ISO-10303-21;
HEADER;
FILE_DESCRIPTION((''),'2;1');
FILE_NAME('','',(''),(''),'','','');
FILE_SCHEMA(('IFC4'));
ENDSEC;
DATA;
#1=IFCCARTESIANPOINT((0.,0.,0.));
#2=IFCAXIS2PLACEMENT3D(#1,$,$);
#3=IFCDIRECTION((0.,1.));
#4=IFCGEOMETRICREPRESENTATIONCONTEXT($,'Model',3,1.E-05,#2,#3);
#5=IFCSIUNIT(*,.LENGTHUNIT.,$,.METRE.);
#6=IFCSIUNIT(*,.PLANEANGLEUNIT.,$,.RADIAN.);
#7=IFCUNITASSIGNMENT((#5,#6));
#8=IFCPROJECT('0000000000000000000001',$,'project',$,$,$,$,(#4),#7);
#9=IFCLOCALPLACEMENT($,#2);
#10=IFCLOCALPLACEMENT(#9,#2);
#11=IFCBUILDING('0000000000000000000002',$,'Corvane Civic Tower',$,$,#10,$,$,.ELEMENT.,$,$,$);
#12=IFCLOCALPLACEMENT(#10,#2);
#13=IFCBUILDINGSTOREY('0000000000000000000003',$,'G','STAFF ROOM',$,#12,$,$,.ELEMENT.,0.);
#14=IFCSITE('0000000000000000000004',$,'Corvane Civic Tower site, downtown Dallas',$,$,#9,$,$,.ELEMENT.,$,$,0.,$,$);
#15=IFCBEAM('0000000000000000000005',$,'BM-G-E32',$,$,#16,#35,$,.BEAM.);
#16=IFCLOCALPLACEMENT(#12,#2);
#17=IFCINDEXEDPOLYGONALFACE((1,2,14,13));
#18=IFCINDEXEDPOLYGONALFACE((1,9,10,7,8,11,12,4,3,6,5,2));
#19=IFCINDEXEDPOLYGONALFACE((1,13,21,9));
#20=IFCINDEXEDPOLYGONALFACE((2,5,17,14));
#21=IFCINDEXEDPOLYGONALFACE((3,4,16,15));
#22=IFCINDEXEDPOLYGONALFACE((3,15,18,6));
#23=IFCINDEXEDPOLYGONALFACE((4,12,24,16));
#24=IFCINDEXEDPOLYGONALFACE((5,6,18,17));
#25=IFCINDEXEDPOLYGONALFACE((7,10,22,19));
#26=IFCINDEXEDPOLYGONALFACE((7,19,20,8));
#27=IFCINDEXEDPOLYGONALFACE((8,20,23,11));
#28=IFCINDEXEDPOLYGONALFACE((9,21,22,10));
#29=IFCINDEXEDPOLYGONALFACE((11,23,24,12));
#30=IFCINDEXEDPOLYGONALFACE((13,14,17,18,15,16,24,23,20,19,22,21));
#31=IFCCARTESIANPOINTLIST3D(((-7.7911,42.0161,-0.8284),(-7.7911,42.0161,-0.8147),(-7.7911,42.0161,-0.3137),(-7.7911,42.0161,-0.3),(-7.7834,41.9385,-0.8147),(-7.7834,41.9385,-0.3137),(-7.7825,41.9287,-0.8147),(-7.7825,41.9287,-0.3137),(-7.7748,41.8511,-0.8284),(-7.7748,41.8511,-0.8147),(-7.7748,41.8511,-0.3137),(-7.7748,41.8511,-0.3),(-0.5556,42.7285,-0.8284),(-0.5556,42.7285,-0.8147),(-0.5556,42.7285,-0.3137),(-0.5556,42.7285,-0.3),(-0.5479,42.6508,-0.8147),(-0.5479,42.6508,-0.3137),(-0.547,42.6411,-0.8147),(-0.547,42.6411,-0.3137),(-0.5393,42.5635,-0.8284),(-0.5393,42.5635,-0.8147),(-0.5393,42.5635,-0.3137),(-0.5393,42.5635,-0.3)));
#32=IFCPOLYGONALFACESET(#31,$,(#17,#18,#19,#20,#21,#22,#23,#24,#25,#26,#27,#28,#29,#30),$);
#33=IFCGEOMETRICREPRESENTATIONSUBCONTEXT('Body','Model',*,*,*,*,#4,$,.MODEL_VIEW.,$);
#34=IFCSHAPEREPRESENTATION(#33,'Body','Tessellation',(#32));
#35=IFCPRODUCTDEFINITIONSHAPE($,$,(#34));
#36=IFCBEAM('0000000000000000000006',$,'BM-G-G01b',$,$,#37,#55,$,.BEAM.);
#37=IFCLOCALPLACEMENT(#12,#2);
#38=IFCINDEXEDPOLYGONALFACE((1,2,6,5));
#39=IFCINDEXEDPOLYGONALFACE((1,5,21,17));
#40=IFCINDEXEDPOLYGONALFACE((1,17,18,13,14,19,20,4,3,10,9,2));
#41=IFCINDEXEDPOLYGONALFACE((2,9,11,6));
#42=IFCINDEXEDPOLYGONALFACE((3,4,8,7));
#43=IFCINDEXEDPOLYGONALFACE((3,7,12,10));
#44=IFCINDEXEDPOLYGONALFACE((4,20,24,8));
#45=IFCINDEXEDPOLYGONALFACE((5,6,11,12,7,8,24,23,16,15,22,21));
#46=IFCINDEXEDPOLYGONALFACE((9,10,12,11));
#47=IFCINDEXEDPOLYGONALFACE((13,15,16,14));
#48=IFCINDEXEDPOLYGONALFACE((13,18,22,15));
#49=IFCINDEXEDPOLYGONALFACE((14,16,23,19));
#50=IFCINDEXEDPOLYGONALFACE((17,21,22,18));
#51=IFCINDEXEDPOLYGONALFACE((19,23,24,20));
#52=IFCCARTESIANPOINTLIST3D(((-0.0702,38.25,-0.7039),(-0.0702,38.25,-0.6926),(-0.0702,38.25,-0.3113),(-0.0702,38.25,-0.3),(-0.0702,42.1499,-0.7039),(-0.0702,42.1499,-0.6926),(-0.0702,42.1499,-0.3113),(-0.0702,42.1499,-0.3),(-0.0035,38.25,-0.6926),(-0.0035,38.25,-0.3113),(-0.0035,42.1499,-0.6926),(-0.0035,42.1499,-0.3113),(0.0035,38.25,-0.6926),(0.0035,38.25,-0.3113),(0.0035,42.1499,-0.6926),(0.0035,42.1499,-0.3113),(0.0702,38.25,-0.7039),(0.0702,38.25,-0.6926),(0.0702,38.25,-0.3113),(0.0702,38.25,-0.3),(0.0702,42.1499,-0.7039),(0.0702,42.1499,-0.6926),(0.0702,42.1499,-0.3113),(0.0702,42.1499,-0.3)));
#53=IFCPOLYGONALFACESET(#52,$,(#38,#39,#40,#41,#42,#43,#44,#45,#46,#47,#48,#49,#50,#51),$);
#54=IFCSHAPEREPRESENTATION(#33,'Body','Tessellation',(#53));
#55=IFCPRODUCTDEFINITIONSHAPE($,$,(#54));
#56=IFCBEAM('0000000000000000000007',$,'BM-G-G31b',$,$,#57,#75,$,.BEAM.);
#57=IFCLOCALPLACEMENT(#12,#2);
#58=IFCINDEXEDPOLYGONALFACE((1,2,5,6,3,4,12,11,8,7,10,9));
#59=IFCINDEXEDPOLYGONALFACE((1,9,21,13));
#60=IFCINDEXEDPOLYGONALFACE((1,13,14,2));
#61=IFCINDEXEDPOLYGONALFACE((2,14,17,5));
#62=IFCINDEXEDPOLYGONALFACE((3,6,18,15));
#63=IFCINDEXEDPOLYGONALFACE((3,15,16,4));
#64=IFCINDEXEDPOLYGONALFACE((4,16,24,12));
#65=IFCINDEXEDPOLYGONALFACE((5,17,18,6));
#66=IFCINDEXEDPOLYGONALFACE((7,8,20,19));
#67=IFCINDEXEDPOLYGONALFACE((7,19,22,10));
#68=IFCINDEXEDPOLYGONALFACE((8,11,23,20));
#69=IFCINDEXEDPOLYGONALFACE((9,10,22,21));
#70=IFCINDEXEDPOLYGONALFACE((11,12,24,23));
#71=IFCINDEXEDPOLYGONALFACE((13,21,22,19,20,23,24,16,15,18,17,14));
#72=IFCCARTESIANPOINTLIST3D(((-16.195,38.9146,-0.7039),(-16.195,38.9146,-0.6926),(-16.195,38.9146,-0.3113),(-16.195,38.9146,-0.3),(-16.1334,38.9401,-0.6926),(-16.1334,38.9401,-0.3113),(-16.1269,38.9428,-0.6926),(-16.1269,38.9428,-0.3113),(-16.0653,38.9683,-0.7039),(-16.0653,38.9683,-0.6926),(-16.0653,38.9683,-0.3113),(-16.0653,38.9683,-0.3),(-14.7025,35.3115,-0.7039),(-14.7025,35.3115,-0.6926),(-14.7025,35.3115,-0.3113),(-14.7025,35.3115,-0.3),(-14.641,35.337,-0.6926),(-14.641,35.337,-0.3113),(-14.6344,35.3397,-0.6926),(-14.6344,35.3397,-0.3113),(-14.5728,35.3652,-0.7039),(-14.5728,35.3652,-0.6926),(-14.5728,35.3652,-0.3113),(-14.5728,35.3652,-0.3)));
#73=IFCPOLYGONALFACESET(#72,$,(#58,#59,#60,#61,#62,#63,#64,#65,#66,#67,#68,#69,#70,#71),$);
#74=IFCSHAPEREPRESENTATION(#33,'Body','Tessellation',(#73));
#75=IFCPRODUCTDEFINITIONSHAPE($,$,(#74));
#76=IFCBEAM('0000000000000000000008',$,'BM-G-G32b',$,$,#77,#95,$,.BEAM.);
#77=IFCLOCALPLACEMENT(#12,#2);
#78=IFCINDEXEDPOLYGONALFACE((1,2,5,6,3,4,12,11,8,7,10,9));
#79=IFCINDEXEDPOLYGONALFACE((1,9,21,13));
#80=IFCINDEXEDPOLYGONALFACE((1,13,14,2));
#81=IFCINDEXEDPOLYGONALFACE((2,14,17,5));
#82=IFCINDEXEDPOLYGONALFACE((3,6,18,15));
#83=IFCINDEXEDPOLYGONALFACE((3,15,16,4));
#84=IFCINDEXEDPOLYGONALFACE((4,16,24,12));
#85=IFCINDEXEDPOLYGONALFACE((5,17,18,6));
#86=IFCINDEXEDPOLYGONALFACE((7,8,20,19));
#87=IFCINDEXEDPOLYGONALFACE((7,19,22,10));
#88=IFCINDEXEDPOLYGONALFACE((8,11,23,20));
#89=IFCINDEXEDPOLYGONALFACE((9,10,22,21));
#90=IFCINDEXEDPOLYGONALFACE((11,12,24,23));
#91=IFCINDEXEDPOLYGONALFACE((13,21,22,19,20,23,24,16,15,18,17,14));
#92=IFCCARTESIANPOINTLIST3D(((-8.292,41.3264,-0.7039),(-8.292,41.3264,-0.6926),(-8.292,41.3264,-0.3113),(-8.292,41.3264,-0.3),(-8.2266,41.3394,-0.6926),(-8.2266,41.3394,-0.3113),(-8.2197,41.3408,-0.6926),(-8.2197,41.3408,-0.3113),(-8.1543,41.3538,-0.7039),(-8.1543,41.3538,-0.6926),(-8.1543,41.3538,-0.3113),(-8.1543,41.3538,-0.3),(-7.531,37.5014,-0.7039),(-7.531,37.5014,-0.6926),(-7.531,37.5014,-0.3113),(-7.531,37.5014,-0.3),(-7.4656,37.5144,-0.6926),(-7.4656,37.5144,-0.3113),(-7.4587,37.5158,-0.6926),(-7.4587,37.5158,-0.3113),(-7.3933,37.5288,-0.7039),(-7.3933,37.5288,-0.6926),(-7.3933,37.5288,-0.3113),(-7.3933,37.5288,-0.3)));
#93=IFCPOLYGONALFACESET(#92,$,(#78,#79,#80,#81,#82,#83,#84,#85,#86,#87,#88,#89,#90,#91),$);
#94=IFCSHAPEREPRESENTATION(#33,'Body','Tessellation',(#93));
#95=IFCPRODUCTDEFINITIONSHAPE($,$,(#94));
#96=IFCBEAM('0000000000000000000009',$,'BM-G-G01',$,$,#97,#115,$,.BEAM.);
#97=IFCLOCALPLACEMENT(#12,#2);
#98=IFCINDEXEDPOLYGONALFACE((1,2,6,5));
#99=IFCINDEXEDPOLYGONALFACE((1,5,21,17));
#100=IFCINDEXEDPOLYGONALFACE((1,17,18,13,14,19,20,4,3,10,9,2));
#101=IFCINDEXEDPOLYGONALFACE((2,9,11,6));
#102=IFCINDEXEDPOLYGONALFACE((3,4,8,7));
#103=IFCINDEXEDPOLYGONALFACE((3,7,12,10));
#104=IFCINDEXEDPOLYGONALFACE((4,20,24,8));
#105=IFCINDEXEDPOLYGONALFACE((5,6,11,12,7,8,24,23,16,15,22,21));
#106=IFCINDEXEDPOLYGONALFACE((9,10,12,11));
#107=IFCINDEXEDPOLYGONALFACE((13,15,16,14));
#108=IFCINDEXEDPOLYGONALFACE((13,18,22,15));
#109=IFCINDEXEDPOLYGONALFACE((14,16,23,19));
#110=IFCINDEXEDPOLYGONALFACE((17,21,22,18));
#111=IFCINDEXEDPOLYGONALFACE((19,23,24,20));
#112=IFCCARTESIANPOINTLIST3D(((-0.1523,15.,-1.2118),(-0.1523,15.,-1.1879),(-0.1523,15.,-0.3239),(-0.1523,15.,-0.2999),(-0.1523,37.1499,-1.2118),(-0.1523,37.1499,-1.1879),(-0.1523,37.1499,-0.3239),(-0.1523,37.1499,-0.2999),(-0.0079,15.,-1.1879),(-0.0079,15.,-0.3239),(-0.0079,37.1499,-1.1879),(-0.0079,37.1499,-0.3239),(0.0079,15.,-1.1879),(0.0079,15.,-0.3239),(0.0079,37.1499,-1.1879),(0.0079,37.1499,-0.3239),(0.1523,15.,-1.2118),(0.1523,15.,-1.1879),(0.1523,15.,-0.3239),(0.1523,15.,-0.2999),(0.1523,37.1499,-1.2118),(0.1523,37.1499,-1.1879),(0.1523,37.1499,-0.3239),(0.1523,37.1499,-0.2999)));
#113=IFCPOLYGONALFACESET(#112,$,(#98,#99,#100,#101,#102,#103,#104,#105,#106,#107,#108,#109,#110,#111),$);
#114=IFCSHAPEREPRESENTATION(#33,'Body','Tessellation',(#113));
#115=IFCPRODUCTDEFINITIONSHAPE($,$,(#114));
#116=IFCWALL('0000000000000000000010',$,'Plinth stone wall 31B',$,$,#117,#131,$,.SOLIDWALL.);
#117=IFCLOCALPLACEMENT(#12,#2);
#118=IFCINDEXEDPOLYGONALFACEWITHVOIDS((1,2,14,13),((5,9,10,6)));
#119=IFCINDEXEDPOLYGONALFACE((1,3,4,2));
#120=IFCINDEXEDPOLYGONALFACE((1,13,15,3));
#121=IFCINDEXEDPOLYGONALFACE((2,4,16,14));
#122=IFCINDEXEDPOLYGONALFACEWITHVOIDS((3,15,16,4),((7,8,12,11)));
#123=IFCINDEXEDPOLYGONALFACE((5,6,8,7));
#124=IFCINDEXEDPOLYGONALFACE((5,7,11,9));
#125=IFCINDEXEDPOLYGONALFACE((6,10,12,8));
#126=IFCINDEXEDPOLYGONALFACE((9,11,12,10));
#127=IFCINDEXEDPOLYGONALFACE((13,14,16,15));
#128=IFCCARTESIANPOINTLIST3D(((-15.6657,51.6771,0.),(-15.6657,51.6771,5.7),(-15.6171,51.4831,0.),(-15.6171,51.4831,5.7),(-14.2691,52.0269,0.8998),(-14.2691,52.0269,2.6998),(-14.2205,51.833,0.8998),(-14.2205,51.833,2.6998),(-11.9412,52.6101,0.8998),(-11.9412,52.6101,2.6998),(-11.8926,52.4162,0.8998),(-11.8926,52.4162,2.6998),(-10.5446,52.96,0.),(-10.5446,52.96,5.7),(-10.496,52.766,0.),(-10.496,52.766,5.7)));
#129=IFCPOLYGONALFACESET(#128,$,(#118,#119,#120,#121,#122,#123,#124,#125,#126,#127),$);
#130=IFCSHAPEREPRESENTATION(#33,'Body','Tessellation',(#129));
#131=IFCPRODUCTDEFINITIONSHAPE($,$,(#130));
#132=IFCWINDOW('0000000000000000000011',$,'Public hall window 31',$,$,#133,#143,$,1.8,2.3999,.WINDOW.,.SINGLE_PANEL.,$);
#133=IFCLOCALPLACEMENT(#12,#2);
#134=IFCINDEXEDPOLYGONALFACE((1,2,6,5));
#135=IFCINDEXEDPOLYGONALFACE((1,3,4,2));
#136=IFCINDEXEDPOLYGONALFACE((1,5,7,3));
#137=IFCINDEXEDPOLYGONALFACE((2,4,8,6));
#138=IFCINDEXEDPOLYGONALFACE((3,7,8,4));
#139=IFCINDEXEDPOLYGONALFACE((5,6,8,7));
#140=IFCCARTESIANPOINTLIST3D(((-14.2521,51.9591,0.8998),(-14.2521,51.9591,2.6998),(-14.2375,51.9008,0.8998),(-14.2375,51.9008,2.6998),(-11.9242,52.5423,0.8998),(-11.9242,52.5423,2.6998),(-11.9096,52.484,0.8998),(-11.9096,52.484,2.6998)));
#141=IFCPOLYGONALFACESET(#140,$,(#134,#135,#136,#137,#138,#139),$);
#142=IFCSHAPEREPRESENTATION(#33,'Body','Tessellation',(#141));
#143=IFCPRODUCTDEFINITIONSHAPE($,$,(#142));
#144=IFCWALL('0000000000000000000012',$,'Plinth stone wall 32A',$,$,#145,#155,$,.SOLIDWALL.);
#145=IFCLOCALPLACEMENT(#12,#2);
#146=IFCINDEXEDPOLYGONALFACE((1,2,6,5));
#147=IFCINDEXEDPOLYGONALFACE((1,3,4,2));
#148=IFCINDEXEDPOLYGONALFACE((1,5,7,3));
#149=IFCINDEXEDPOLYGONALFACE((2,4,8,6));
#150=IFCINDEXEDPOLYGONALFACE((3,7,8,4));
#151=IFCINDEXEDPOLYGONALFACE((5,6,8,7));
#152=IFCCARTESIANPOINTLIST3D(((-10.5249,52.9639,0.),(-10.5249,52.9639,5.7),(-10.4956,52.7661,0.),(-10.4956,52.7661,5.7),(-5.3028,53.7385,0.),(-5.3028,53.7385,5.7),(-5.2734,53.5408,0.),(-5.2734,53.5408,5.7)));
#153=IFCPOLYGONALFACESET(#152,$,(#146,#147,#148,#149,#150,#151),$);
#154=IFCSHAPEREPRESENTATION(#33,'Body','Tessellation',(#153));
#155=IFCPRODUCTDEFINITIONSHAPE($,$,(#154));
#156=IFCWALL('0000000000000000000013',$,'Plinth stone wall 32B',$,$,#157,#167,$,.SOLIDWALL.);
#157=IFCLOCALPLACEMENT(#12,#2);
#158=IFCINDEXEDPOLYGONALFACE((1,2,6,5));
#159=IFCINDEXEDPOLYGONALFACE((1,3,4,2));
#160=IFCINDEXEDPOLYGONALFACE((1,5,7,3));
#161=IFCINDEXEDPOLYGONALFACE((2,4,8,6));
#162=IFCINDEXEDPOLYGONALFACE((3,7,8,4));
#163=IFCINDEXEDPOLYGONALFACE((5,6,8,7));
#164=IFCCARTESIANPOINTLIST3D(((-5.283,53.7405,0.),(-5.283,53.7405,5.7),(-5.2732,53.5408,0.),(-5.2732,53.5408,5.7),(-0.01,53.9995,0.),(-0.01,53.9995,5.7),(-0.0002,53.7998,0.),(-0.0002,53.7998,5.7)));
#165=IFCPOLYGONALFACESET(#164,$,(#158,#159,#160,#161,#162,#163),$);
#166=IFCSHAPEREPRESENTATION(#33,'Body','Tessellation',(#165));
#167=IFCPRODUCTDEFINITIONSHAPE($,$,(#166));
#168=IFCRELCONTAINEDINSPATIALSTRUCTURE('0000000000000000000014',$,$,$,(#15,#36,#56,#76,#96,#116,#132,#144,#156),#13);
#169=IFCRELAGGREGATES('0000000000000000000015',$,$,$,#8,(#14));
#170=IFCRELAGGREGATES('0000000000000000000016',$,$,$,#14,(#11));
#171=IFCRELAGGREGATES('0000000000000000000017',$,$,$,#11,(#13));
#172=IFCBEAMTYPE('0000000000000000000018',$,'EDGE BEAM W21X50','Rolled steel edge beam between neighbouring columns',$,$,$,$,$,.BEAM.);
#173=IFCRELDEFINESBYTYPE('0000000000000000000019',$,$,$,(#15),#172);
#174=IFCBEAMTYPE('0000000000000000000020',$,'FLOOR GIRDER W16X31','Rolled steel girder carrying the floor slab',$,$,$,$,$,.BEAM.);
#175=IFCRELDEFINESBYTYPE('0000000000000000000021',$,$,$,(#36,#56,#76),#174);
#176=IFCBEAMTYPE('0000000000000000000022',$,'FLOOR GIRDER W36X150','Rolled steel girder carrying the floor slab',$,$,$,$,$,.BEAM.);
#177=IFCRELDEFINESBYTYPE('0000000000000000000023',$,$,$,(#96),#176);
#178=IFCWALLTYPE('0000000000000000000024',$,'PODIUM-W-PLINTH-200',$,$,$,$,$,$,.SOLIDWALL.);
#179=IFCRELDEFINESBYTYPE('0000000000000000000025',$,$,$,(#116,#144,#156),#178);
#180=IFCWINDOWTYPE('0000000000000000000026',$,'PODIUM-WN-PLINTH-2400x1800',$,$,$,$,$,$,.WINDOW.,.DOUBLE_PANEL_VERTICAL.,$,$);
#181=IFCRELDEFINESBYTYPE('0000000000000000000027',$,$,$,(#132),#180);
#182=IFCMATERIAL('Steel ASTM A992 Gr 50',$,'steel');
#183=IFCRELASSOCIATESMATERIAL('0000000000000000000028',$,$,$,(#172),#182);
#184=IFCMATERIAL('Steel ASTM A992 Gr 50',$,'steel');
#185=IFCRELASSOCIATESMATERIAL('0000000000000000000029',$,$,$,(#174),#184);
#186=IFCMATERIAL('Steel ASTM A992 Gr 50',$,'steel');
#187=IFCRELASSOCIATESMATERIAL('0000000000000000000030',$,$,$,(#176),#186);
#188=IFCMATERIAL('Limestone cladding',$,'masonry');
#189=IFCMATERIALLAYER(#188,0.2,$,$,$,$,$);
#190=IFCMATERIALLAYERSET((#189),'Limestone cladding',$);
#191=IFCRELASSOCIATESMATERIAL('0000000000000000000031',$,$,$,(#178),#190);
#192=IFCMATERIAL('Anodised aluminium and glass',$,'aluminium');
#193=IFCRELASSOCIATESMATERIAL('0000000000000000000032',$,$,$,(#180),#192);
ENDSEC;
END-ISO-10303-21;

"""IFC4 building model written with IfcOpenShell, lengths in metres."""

from ifc_helpers import new_model, si_unit, direction, frame, frame_2d, origin, origin_2d, place, context, subcontext, project, spatial, rectangle, i_section, extrude, material, layer, layer_set, material_profile, profile_set, type_object, element, fill, save


model = new_model("IFC4")

# Units and contexts
model_context = context("Model", 3, precision=1e-05, world=origin(), true_north=direction((0.0, 1.0)))
body_context = subcontext(model_context, "Body", "Model", "MODEL_VIEW")
ifc_project = project(units=[si_unit("LENGTHUNIT", "METRE"), si_unit("PLANEANGLEUNIT", "RADIAN")], contexts=[model_context])

# Site, building, storey
site_placement = place(None, origin())
site = spatial("IfcSite", under=ifc_project, at=site_placement, Name="Corvane Civic Tower site, downtown Dallas", CompositionType="ELEMENT", RefElevation=0.0)
building_placement = place(site_placement, origin())
building = spatial("IfcBuilding", under=site, at=building_placement, Name="Corvane Civic Tower", CompositionType="ELEMENT")
storey_placement = place(building_placement, origin())
storey = spatial("IfcBuildingStorey", under=building, at=storey_placement, Name="G", Description="STAFF ROOM", CompositionType="ELEMENT", Elevation=0.0)

# Beams
ifc_material_1 = material(Name="Steel ASTM A992 Gr 50", Category="steel")
ifc_material_profile_1 = material_profile(ifc_material_1, i_section(OverallWidth=0.1658, OverallDepth=0.5283, WebThickness=0.0098, FlangeThickness=0.0137, at=origin_2d()), Name="W21X50")
ifc_profile_set_1 = profile_set([ifc_material_profile_1], Name="Steel ASTM A992 Gr 50")
beam_type_1 = type_object("IfcBeamType", Name="EDGE BEAM W21X50", Description="Rolled steel edge beam between neighbouring columns", PredefinedType="BEAM", material=ifc_profile_set_1)
beam_1_placement = place(storey_placement, frame((-7.783, 41.9336, -0.5642), z_axis=(0.995188, 0.097984, 0.0), x_axis=(-0.097984, 0.995188, 0.0)))
element("IfcBeam", 1, at=beam_1_placement, inside=storey, type_object=beam_type_1, Name="BM-G-E32", PredefinedType="BEAM", context=body_context, shape_type="SweptSolid", body=[
    extrude(i_section(OverallWidth=0.1658, OverallDepth=0.5283, WebThickness=0.0098, FlangeThickness=0.0137, at=origin_2d()), origin(), (0.0, 0.0, 1.0), 7.2705),
])
ifc_material_2 = material(Name="Steel ASTM A992 Gr 50", Category="steel")
ifc_material_profile_2 = material_profile(ifc_material_2, i_section(OverallWidth=0.1404, OverallDepth=0.4038, WebThickness=0.0071, FlangeThickness=0.0112, at=origin_2d()), Name="W16X31")
ifc_profile_set_2 = profile_set([ifc_material_profile_2], Name="Steel ASTM A992 Gr 50")
beam_type_2 = type_object("IfcBeamType", Name="FLOOR GIRDER W16X31", Description="Rolled steel girder carrying the floor slab", PredefinedType="BEAM", material=ifc_profile_set_2)
for number, where, z_axis, x_axis, name in (
    (2, (0.0, 38.25, -0.502), (0.0, 1.0, 0.0), (-1.0, 0.0, 0.0), "BM-G-G01b"),
    (3, (-14.6377, 35.3384, -0.502), (-0.382685, 0.923879, 0.0), (-0.923879, -0.382685, 0.0), "BM-G-G31b"),
    (4, (-7.4622, 37.5151, -0.502), (-0.195129, 0.980778, 0.0), (-0.980778, -0.195129, 0.0), "BM-G-G32b"),
):
    element("IfcBeam", number, at=place(storey_placement, frame(where, z_axis=z_axis, x_axis=x_axis)), inside=storey, type_object=beam_type_2, Name=name, PredefinedType="BEAM", context=body_context, shape_type="SweptSolid", body=[
        extrude(i_section(OverallWidth=0.1404, OverallDepth=0.4038, WebThickness=0.0071, FlangeThickness=0.0112, at=origin_2d()), origin(), (0.0, 0.0, 1.0), 3.8999),
    ])
ifc_material_3 = material(Name="Steel ASTM A992 Gr 50", Category="steel")
ifc_material_profile_3 = material_profile(ifc_material_3, i_section(OverallWidth=0.3047, OverallDepth=0.9119, WebThickness=0.0159, FlangeThickness=0.0239, at=origin_2d()), Name="W36X150")
ifc_profile_set_3 = profile_set([ifc_material_profile_3], Name="Steel ASTM A992 Gr 50")
beam_type_3 = type_object("IfcBeamType", Name="FLOOR GIRDER W36X150", Description="Rolled steel girder carrying the floor slab", PredefinedType="BEAM", material=ifc_profile_set_3)
beam_2_placement = place(storey_placement, frame((0.0, 15.0, -0.7559), z_axis=(0.0, 1.0, 0.0), x_axis=(-1.0, 0.0, 0.0)))
element("IfcBeam", 5, at=beam_2_placement, inside=storey, type_object=beam_type_3, Name="BM-G-G01", PredefinedType="BEAM", context=body_context, shape_type="SweptSolid", body=[
    extrude(i_section(OverallWidth=0.3047, OverallDepth=0.9119, WebThickness=0.0159, FlangeThickness=0.0239, at=origin_2d()), origin(), (0.0, 0.0, 1.0), 22.1499),
])

# Wall, opening, window
ifc_material_4 = material(Name="Limestone cladding", Category="masonry")
ifc_layer_1 = layer(ifc_material_4, 0.2)
ifc_layer_set_1 = layer_set([ifc_layer_1], Name="Limestone cladding")
wall_type_1 = type_object("IfcWallType", Name="PODIUM-W-PLINTH-200", PredefinedType="SOLIDWALL", material=ifc_layer_set_1)
wall_1_placement = place(storey_placement, frame((-15.6414, 51.5801, 0.0), z_axis=(0.0, 0.0, 1.0), x_axis=(0.970023, 0.243014, 0.0)))
wall_1 = element("IfcWall", 6, at=wall_1_placement, inside=storey, type_object=wall_type_1, Name="Plinth stone wall 31B", PredefinedType="SOLIDWALL", context=body_context, shape_type="SweptSolid", body=[
    extrude(rectangle(XDim=5.2793, YDim=0.2, at=frame_2d((2.6396, 0.0))), origin(), (0.0, 0.0, 1.0), 5.7),
])
opening_1_placement = place(wall_1_placement, frame((1.4397, 0.0, 0.8999)))
opening_1 = element("IfcOpeningElement", 7, at=opening_1_placement, cuts=wall_1, PredefinedType="OPENING", context=body_context, shape_type="SweptSolid", body=[
    extrude(rectangle(XDim=2.3999, YDim=1.8, at=frame_2d((1.2, 0.8999))), frame((0.0, 0.1099, 0.0), z_axis=(0.0, -1.0, 0.0), x_axis=(1.0, 0.0, 0.0)), (0.0, 0.0, 1.0), 0.22),
])
ifc_material_5 = material(Name="Anodised aluminium and glass", Category="aluminium")
window_type = type_object("IfcWindowType", Name="PODIUM-WN-PLINTH-2400x1800", PartitioningType="DOUBLE_PANEL_VERTICAL", PredefinedType="WINDOW", material=ifc_material_5)
window_placement = place(opening_1_placement, origin())
window = element("IfcWindow", 8, at=window_placement, inside=storey, type_object=window_type, Name="Public hall window 31", OverallHeight=1.8, OverallWidth=2.3999, PartitioningType="SINGLE_PANEL", PredefinedType="WINDOW", context=body_context, shape_type="SweptSolid", body=[
    extrude(rectangle(XDim=2.3999, YDim=1.8, at=frame_2d((1.2, 0.8999))), frame((0.0, 0.03, 0.0), z_axis=(0.0, -1.0, 0.0), x_axis=(1.0, 0.0, 0.0)), (0.0, 0.0, 1.0), 0.0601),
])
fill(opening_1, window)

# Walls
for number, where, z_axis, x_axis, name in (
    (9, (-10.5103, 52.865, 0.0), (0.0, 0.0, 1.0), (0.989176, 0.146735, 0.0), "Plinth stone wall 32A"),
    (10, (-5.2781, 53.6406, 0.0), (0.0, 0.0, 1.0), (0.998796, 0.049066, 0.0), "Plinth stone wall 32B"),
):
    element("IfcWall", number, at=place(storey_placement, frame(where, z_axis=z_axis, x_axis=x_axis)), inside=storey, type_object=wall_type_1, Name=name, PredefinedType="SOLIDWALL", context=body_context, shape_type="SweptSolid", body=[
        extrude(rectangle(XDim=5.2793, YDim=0.2, at=frame_2d((2.6396, 0.0))), origin(), (0.0, 0.0, 1.0), 5.7),
    ])

save(model, "model.ifc")
